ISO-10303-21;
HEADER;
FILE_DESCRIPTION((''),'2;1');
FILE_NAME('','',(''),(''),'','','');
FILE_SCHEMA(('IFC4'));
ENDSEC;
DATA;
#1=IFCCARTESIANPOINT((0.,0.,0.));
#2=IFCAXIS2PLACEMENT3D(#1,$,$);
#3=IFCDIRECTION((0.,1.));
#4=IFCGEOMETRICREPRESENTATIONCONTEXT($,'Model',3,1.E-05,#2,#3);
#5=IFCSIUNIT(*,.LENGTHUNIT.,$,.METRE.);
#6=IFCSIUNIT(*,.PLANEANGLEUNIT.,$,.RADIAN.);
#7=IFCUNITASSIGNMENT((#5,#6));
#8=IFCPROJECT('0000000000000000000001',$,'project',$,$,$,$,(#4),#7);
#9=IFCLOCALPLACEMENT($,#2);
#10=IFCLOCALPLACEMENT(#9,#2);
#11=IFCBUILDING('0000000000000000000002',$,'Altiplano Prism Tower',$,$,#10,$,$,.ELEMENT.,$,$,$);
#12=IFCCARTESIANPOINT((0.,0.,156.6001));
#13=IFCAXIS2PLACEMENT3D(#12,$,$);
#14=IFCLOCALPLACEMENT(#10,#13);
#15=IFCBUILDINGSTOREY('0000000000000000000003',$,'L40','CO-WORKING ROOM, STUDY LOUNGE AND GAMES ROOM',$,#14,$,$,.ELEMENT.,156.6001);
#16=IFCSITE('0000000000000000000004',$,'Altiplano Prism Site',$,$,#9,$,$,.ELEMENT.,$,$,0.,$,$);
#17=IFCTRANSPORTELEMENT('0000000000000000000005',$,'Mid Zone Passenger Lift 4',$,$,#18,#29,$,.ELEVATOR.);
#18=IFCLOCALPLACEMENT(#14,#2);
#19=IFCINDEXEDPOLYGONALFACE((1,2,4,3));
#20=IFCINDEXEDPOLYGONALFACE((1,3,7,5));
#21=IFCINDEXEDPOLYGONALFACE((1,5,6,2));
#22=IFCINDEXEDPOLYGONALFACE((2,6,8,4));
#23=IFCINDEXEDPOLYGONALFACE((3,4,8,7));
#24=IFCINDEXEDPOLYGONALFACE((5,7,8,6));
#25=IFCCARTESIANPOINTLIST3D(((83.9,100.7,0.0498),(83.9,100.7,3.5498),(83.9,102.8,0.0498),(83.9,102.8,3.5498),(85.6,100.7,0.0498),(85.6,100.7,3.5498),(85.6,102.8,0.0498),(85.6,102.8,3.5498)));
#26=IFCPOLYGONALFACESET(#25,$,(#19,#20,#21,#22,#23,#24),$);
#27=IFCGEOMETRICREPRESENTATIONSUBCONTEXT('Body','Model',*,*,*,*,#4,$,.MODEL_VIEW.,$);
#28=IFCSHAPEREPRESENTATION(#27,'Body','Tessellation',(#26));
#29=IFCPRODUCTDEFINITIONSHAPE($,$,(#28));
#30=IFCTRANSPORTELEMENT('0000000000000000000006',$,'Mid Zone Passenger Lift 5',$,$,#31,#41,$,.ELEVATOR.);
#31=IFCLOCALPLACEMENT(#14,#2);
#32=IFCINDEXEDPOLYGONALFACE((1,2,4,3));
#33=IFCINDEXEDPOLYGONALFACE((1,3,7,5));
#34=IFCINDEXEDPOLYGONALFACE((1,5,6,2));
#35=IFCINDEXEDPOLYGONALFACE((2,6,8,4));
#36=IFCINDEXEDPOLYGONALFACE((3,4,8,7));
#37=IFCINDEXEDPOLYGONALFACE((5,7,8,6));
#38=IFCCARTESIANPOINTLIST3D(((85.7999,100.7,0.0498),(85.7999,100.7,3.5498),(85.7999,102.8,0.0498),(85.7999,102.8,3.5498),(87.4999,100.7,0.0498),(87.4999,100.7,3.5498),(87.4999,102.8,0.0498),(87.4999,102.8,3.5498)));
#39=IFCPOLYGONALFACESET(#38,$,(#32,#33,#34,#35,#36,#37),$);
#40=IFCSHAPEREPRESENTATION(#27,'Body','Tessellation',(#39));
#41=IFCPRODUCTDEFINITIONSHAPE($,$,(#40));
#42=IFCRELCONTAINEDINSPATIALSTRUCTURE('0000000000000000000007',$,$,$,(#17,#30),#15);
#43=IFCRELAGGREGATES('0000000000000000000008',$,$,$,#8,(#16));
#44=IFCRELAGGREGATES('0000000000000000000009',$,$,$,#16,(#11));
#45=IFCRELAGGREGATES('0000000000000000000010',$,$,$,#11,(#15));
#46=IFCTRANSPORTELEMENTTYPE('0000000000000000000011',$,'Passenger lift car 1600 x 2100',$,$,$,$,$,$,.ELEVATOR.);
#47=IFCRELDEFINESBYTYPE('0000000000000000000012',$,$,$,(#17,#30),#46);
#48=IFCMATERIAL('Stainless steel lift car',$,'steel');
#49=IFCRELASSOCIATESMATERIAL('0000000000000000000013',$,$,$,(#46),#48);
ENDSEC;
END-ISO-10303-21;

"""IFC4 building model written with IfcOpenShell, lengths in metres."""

from ifc_helpers import new_model, si_unit, direction, frame, origin, origin_2d, place, context, subcontext, project, spatial, rectangle, extrude, material, type_object, element, save


model = new_model("IFC4")

# Units and contexts
model_context = context("Model", 3, precision=1e-05, world=origin(), true_north=direction((0.0, 1.0)))
body_context = subcontext(model_context, "Body", "Model", "MODEL_VIEW")
ifc_project = project(units=[si_unit("LENGTHUNIT", "METRE"), si_unit("PLANEANGLEUNIT", "RADIAN")], contexts=[model_context])

# Site, building, storey
site_placement = place(None, origin())
site = spatial("IfcSite", under=ifc_project, at=site_placement, Name="Altiplano Prism Site", CompositionType="ELEMENT", RefElevation=0.0)
building_placement = place(site_placement, origin())
building = spatial("IfcBuilding", under=site, at=building_placement, Name="Altiplano Prism Tower", CompositionType="ELEMENT")
storey_placement = place(building_placement, frame((0.0, 0.0, 156.6001)))
storey = spatial("IfcBuildingStorey", under=building, at=storey_placement, Name="L40", Description="CO-WORKING ROOM, STUDY LOUNGE AND GAMES ROOM", CompositionType="ELEMENT", Elevation=156.6001)

# Transport elements
ifc_material_1 = material(Name="Stainless steel lift car", Category="steel")
transport_element_type = type_object("IfcTransportElementType", Name="Passenger lift car 1600 x 2100", PredefinedType="ELEVATOR", material=ifc_material_1)
for number, where, z_axis, x_axis, name in (
    (1, (84.75, 101.75, 0.0498), (0.0, 0.0, 1.0), (1.0, 0.0, 0.0), "Mid Zone Passenger Lift 4"),
    (2, (86.6499, 101.75, 0.0498), (0.0, 0.0, 1.0), (1.0, 0.0, 0.0), "Mid Zone Passenger Lift 5"),
):
    element("IfcTransportElement", number, at=place(storey_placement, frame(where, z_axis=z_axis, x_axis=x_axis)), inside=storey, type_object=transport_element_type, Name=name, PredefinedType="ELEVATOR", context=body_context, shape_type="SweptSolid", body=[
        extrude(rectangle(XDim=1.7, YDim=2.1001, at=origin_2d()), origin(), (0.0, 0.0, 1.0), 3.5),
    ])

save(model, "model.ifc")
